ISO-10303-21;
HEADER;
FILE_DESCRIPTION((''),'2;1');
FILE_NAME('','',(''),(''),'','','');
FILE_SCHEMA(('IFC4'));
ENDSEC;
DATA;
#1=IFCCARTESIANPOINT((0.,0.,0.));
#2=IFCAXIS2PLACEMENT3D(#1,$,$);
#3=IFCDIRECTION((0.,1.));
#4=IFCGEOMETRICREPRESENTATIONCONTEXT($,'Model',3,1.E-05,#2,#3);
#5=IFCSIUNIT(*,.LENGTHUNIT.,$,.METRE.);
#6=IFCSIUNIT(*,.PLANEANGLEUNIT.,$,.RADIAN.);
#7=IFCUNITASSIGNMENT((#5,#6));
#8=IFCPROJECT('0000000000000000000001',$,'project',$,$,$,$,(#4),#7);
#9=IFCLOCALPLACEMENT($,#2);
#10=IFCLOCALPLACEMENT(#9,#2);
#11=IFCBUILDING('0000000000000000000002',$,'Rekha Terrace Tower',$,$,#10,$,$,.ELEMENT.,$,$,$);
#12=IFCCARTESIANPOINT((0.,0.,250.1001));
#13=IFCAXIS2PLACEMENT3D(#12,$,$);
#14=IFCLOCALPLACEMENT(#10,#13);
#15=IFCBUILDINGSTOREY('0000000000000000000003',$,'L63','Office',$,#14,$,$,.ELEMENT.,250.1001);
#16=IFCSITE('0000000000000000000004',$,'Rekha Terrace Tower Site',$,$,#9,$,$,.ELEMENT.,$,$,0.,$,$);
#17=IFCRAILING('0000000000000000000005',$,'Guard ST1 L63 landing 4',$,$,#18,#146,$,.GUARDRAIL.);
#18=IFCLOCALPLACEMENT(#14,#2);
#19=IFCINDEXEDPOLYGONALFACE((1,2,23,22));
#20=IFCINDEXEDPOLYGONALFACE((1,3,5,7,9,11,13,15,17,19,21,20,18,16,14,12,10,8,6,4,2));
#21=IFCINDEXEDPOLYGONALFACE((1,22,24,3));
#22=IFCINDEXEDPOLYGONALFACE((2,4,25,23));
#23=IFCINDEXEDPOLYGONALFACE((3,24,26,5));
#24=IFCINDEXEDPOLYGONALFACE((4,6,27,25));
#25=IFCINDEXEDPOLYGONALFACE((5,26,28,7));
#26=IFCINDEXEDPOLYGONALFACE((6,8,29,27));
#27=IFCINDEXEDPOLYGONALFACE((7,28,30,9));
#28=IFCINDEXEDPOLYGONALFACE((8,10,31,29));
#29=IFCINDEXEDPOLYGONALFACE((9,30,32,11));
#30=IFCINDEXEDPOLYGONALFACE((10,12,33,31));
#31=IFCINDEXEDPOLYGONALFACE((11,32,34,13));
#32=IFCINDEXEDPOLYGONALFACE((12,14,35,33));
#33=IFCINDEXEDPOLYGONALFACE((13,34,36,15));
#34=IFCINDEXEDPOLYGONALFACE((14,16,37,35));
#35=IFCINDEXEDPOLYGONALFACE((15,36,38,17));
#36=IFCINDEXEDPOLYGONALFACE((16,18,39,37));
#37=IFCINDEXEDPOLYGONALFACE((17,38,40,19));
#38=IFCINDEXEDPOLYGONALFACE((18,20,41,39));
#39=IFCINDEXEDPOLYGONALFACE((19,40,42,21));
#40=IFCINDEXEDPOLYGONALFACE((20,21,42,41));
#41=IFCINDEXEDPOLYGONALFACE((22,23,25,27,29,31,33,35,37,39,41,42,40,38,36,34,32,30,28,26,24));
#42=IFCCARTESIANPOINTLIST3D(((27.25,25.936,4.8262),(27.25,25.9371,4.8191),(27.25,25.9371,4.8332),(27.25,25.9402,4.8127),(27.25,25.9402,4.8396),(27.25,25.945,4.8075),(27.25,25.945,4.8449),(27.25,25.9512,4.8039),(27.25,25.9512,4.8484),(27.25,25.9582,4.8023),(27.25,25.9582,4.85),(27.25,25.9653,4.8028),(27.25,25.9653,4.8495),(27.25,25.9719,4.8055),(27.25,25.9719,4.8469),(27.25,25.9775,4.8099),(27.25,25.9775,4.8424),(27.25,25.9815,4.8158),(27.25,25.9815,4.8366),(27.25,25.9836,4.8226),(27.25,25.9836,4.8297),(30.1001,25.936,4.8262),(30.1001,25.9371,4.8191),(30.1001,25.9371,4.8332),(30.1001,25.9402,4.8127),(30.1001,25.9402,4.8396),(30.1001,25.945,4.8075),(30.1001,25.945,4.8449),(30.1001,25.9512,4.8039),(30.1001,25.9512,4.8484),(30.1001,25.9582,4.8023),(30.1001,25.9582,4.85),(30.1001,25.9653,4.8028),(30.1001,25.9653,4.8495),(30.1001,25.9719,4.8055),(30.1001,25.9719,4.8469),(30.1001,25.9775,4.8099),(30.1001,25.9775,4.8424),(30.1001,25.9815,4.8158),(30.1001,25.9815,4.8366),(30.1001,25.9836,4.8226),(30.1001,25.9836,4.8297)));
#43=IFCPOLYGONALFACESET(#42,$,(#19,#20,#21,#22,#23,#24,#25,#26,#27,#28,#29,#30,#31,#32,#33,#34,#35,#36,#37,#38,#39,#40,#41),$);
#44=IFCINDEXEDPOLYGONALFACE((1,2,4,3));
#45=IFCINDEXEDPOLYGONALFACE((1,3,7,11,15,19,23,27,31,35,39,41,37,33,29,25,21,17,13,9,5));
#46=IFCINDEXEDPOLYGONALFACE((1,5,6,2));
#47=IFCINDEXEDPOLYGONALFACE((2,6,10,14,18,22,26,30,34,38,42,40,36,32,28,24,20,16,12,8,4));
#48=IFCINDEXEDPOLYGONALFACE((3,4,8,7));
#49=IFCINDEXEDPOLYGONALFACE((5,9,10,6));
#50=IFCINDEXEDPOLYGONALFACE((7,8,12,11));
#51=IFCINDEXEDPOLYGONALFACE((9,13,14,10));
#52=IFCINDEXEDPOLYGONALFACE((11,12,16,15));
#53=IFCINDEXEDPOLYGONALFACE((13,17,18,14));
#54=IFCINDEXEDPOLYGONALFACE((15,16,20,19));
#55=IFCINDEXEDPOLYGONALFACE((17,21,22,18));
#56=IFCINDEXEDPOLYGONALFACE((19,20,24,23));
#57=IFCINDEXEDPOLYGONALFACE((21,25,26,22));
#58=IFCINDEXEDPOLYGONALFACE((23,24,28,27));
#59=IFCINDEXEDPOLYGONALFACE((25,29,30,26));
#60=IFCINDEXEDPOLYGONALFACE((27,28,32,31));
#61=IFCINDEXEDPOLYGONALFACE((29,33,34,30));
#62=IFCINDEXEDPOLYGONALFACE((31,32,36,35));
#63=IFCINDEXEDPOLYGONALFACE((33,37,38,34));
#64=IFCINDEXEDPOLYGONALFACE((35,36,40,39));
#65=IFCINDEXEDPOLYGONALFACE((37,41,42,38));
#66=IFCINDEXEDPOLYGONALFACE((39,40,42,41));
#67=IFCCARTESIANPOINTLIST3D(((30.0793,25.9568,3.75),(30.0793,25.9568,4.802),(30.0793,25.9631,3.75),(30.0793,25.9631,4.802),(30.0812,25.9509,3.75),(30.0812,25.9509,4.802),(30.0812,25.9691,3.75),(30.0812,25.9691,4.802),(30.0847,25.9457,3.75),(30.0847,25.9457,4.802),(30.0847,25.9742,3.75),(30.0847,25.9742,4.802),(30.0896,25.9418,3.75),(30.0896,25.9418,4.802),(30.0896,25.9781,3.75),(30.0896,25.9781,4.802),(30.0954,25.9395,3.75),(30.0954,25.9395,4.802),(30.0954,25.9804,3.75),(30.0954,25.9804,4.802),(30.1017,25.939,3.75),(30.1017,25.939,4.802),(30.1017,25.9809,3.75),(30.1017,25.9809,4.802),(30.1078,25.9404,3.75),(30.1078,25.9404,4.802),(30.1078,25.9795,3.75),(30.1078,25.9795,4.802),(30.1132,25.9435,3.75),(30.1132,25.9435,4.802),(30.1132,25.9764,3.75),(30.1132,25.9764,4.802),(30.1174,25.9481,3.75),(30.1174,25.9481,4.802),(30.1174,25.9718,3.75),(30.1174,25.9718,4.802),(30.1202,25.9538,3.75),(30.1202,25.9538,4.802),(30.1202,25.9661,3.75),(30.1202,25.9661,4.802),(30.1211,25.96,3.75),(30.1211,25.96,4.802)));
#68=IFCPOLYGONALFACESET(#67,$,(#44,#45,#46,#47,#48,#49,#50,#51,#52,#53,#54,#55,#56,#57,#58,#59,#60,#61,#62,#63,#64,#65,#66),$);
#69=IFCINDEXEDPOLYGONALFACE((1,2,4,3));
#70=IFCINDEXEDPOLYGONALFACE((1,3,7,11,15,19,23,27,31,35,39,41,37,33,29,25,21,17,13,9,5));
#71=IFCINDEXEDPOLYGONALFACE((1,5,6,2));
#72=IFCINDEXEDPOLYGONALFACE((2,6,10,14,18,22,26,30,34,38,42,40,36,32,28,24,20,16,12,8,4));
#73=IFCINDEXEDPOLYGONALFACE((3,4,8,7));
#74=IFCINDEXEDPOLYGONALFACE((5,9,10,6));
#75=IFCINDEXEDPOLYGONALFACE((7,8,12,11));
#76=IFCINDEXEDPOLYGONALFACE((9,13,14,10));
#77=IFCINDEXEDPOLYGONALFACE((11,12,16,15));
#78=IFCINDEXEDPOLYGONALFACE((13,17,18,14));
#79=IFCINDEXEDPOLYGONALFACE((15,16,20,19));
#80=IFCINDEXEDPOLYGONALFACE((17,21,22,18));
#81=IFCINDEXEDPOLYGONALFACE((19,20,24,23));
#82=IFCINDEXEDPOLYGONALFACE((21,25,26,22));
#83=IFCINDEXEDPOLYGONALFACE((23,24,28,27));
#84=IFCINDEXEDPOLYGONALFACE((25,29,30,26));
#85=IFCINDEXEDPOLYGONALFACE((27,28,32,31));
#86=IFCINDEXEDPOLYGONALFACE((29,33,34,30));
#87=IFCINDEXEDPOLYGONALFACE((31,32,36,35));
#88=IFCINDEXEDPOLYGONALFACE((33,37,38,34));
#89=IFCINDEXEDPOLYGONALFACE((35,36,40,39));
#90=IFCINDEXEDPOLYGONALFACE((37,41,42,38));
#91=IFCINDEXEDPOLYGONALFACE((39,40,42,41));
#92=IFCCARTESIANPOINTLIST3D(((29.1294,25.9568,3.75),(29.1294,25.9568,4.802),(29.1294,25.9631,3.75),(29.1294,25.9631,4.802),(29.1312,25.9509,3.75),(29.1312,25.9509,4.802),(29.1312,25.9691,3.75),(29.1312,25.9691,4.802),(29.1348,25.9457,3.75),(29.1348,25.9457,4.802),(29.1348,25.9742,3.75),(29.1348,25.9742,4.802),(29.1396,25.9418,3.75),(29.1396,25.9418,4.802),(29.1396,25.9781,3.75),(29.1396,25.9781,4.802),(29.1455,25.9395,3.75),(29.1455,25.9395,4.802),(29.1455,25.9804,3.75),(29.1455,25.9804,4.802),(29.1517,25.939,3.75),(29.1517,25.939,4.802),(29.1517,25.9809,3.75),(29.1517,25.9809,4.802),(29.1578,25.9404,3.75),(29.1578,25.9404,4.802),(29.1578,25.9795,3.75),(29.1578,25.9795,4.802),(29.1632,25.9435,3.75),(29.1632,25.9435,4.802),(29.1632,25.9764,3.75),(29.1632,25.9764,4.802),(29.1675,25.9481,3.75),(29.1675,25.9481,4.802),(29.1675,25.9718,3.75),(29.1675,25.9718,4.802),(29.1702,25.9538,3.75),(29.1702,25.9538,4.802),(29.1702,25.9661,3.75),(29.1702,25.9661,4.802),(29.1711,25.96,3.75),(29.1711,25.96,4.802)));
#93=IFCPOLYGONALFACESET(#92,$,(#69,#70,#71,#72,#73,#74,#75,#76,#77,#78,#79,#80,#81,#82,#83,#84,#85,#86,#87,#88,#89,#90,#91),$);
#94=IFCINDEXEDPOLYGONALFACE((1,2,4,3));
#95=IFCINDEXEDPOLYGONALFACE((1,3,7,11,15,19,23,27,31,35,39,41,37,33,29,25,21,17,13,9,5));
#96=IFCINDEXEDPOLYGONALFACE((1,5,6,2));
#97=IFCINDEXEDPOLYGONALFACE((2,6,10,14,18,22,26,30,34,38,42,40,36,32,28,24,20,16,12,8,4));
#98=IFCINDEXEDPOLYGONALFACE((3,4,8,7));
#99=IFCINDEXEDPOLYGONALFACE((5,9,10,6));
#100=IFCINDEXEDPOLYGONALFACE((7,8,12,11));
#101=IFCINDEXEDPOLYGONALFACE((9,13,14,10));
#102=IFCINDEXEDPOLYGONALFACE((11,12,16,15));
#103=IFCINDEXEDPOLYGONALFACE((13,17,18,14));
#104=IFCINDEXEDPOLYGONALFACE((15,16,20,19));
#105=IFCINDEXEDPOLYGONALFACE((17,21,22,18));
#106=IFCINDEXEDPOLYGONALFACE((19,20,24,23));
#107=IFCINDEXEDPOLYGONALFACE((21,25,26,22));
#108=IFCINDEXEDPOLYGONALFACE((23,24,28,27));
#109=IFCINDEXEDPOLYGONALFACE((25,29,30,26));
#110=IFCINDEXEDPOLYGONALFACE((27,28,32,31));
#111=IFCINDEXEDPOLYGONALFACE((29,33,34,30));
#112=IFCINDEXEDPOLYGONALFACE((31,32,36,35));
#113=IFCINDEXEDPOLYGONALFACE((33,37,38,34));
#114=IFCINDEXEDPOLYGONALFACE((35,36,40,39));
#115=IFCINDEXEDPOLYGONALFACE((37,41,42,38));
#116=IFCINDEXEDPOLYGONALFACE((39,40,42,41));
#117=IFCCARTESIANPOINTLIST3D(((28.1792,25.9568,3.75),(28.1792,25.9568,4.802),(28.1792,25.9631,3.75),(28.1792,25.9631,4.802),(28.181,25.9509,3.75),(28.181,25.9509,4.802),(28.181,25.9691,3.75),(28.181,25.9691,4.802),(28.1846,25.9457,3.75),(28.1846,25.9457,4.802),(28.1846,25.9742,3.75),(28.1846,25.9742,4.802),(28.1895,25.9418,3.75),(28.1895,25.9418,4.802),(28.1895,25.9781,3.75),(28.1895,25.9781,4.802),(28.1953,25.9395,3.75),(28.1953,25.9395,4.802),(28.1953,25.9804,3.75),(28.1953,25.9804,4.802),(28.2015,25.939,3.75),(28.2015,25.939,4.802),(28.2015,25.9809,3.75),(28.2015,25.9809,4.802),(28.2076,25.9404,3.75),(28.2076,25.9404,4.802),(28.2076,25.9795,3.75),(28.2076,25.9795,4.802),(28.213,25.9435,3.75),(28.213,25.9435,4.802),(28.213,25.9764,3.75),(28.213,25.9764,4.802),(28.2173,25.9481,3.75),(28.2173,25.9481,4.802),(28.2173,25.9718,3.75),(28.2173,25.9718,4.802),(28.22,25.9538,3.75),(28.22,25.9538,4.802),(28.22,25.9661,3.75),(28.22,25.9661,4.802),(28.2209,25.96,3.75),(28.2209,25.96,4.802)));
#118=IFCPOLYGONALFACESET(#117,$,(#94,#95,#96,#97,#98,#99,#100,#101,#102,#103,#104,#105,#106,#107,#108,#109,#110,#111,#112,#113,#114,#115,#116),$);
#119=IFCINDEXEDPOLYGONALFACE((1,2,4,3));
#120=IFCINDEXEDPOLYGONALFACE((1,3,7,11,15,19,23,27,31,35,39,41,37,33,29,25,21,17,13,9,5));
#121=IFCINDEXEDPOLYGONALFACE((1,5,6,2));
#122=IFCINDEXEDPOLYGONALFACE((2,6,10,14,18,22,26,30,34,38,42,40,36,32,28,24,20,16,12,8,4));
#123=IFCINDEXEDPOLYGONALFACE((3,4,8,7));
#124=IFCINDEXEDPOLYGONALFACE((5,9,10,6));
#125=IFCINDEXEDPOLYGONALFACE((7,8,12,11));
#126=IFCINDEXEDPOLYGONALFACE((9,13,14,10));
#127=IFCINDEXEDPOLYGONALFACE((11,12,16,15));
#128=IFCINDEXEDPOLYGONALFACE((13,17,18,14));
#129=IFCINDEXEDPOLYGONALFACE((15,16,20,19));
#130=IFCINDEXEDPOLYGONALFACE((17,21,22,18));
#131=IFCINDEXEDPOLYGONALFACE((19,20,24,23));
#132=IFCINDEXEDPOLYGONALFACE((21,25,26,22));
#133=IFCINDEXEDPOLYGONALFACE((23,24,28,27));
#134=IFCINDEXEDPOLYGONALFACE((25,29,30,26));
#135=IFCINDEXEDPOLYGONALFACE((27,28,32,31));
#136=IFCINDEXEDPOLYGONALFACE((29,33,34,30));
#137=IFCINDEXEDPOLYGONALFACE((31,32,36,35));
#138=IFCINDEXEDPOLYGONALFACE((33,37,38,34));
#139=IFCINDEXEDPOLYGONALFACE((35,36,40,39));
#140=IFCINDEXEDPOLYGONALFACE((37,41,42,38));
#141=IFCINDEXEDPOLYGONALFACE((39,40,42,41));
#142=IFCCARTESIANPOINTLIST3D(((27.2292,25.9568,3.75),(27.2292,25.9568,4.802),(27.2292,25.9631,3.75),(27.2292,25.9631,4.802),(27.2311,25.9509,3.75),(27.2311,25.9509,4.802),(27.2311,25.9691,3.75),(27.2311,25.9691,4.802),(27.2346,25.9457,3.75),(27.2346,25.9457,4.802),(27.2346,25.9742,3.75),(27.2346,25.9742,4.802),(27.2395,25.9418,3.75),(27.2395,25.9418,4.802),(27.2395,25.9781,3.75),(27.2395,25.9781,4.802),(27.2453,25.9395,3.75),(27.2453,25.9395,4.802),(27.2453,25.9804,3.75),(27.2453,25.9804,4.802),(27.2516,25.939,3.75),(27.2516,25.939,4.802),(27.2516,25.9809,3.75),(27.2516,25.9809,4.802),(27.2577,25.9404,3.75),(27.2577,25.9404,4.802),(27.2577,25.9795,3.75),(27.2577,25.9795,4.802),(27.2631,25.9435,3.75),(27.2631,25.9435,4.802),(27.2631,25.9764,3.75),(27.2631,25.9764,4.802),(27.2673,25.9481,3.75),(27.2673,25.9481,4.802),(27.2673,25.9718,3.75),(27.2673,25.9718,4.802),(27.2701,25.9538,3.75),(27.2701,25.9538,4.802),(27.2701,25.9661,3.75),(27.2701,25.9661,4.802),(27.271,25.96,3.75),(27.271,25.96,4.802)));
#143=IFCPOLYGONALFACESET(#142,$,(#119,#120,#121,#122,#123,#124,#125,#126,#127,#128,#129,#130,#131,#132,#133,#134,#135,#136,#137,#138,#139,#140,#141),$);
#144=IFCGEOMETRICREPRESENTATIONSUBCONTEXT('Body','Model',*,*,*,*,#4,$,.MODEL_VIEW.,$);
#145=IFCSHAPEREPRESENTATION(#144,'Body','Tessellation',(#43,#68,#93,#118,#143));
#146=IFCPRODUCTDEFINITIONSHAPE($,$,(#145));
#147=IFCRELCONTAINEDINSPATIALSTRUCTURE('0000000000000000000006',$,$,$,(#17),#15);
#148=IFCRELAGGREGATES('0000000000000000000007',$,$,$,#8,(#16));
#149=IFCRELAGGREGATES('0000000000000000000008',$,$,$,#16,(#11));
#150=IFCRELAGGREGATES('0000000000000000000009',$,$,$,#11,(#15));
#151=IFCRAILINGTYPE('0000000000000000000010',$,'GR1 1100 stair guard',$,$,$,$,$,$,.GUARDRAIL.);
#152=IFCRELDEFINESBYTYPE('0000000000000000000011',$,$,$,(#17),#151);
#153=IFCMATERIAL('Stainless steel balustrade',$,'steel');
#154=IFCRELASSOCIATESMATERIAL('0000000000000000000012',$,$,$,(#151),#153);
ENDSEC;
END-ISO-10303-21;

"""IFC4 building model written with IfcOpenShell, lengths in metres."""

from ifc_helpers import new_model, si_unit, direction, frame, origin, origin_2d, place, context, subcontext, project, spatial, circle, extrude, material, type_object, element, save


model = new_model("IFC4")

# Units and contexts
model_context = context("Model", 3, precision=1e-05, world=origin(), true_north=direction((0.0, 1.0)))
body_context = subcontext(model_context, "Body", "Model", "MODEL_VIEW")
ifc_project = project(units=[si_unit("LENGTHUNIT", "METRE"), si_unit("PLANEANGLEUNIT", "RADIAN")], contexts=[model_context])

# Site, building, storey
site_placement = place(None, origin())
site = spatial("IfcSite", under=ifc_project, at=site_placement, Name="Rekha Terrace Tower Site", CompositionType="ELEMENT", RefElevation=0.0)
building_placement = place(site_placement, origin())
building = spatial("IfcBuilding", under=site, at=building_placement, Name="Rekha Terrace Tower", CompositionType="ELEMENT")
storey_placement = place(building_placement, frame((0.0, 0.0, 250.1001)))
storey = spatial("IfcBuildingStorey", under=building, at=storey_placement, Name="L63", Description="Office", CompositionType="ELEMENT", Elevation=250.1001)

# Railing
ifc_material_1 = material(Name="Stainless steel balustrade", Category="steel")
railing_type_1 = type_object("IfcRailingType", Name="GR1 1100 stair guard", PredefinedType="GUARDRAIL", material=ifc_material_1)
railing_1_placement = place(storey_placement, frame((30.1001, 25.96, 3.75)))
element("IfcRailing", 1, at=railing_1_placement, inside=storey, type_object=railing_type_1, Name="Guard ST1 L63 landing 4", PredefinedType="GUARDRAIL", context=body_context, shape_type="SweptSolid", body=[
    extrude(circle(Radius=0.0239, at=origin_2d()), frame((0.0, 0.0, 1.0762), z_axis=(-1.0, 0.0, 0.0), x_axis=(0.0, -1.0, 0.0)), (0.0, 0.0, 1.0), 2.8501),
    extrude(circle(Radius=0.021, at=origin_2d()), origin(), (0.0, 0.0, 1.0), 1.052),
    extrude(circle(Radius=0.021, at=origin_2d()), frame((-0.95, 0.0, 0.0)), (0.0, 0.0, 1.0), 1.052),
    extrude(circle(Radius=0.021, at=origin_2d()), frame((-1.9001, 0.0, 0.0)), (0.0, 0.0, 1.0), 1.052),
    extrude(circle(Radius=0.021, at=origin_2d()), frame((-2.8501, 0.0, 0.0)), (0.0, 0.0, 1.0), 1.052),
])

save(model, "model.ifc")
